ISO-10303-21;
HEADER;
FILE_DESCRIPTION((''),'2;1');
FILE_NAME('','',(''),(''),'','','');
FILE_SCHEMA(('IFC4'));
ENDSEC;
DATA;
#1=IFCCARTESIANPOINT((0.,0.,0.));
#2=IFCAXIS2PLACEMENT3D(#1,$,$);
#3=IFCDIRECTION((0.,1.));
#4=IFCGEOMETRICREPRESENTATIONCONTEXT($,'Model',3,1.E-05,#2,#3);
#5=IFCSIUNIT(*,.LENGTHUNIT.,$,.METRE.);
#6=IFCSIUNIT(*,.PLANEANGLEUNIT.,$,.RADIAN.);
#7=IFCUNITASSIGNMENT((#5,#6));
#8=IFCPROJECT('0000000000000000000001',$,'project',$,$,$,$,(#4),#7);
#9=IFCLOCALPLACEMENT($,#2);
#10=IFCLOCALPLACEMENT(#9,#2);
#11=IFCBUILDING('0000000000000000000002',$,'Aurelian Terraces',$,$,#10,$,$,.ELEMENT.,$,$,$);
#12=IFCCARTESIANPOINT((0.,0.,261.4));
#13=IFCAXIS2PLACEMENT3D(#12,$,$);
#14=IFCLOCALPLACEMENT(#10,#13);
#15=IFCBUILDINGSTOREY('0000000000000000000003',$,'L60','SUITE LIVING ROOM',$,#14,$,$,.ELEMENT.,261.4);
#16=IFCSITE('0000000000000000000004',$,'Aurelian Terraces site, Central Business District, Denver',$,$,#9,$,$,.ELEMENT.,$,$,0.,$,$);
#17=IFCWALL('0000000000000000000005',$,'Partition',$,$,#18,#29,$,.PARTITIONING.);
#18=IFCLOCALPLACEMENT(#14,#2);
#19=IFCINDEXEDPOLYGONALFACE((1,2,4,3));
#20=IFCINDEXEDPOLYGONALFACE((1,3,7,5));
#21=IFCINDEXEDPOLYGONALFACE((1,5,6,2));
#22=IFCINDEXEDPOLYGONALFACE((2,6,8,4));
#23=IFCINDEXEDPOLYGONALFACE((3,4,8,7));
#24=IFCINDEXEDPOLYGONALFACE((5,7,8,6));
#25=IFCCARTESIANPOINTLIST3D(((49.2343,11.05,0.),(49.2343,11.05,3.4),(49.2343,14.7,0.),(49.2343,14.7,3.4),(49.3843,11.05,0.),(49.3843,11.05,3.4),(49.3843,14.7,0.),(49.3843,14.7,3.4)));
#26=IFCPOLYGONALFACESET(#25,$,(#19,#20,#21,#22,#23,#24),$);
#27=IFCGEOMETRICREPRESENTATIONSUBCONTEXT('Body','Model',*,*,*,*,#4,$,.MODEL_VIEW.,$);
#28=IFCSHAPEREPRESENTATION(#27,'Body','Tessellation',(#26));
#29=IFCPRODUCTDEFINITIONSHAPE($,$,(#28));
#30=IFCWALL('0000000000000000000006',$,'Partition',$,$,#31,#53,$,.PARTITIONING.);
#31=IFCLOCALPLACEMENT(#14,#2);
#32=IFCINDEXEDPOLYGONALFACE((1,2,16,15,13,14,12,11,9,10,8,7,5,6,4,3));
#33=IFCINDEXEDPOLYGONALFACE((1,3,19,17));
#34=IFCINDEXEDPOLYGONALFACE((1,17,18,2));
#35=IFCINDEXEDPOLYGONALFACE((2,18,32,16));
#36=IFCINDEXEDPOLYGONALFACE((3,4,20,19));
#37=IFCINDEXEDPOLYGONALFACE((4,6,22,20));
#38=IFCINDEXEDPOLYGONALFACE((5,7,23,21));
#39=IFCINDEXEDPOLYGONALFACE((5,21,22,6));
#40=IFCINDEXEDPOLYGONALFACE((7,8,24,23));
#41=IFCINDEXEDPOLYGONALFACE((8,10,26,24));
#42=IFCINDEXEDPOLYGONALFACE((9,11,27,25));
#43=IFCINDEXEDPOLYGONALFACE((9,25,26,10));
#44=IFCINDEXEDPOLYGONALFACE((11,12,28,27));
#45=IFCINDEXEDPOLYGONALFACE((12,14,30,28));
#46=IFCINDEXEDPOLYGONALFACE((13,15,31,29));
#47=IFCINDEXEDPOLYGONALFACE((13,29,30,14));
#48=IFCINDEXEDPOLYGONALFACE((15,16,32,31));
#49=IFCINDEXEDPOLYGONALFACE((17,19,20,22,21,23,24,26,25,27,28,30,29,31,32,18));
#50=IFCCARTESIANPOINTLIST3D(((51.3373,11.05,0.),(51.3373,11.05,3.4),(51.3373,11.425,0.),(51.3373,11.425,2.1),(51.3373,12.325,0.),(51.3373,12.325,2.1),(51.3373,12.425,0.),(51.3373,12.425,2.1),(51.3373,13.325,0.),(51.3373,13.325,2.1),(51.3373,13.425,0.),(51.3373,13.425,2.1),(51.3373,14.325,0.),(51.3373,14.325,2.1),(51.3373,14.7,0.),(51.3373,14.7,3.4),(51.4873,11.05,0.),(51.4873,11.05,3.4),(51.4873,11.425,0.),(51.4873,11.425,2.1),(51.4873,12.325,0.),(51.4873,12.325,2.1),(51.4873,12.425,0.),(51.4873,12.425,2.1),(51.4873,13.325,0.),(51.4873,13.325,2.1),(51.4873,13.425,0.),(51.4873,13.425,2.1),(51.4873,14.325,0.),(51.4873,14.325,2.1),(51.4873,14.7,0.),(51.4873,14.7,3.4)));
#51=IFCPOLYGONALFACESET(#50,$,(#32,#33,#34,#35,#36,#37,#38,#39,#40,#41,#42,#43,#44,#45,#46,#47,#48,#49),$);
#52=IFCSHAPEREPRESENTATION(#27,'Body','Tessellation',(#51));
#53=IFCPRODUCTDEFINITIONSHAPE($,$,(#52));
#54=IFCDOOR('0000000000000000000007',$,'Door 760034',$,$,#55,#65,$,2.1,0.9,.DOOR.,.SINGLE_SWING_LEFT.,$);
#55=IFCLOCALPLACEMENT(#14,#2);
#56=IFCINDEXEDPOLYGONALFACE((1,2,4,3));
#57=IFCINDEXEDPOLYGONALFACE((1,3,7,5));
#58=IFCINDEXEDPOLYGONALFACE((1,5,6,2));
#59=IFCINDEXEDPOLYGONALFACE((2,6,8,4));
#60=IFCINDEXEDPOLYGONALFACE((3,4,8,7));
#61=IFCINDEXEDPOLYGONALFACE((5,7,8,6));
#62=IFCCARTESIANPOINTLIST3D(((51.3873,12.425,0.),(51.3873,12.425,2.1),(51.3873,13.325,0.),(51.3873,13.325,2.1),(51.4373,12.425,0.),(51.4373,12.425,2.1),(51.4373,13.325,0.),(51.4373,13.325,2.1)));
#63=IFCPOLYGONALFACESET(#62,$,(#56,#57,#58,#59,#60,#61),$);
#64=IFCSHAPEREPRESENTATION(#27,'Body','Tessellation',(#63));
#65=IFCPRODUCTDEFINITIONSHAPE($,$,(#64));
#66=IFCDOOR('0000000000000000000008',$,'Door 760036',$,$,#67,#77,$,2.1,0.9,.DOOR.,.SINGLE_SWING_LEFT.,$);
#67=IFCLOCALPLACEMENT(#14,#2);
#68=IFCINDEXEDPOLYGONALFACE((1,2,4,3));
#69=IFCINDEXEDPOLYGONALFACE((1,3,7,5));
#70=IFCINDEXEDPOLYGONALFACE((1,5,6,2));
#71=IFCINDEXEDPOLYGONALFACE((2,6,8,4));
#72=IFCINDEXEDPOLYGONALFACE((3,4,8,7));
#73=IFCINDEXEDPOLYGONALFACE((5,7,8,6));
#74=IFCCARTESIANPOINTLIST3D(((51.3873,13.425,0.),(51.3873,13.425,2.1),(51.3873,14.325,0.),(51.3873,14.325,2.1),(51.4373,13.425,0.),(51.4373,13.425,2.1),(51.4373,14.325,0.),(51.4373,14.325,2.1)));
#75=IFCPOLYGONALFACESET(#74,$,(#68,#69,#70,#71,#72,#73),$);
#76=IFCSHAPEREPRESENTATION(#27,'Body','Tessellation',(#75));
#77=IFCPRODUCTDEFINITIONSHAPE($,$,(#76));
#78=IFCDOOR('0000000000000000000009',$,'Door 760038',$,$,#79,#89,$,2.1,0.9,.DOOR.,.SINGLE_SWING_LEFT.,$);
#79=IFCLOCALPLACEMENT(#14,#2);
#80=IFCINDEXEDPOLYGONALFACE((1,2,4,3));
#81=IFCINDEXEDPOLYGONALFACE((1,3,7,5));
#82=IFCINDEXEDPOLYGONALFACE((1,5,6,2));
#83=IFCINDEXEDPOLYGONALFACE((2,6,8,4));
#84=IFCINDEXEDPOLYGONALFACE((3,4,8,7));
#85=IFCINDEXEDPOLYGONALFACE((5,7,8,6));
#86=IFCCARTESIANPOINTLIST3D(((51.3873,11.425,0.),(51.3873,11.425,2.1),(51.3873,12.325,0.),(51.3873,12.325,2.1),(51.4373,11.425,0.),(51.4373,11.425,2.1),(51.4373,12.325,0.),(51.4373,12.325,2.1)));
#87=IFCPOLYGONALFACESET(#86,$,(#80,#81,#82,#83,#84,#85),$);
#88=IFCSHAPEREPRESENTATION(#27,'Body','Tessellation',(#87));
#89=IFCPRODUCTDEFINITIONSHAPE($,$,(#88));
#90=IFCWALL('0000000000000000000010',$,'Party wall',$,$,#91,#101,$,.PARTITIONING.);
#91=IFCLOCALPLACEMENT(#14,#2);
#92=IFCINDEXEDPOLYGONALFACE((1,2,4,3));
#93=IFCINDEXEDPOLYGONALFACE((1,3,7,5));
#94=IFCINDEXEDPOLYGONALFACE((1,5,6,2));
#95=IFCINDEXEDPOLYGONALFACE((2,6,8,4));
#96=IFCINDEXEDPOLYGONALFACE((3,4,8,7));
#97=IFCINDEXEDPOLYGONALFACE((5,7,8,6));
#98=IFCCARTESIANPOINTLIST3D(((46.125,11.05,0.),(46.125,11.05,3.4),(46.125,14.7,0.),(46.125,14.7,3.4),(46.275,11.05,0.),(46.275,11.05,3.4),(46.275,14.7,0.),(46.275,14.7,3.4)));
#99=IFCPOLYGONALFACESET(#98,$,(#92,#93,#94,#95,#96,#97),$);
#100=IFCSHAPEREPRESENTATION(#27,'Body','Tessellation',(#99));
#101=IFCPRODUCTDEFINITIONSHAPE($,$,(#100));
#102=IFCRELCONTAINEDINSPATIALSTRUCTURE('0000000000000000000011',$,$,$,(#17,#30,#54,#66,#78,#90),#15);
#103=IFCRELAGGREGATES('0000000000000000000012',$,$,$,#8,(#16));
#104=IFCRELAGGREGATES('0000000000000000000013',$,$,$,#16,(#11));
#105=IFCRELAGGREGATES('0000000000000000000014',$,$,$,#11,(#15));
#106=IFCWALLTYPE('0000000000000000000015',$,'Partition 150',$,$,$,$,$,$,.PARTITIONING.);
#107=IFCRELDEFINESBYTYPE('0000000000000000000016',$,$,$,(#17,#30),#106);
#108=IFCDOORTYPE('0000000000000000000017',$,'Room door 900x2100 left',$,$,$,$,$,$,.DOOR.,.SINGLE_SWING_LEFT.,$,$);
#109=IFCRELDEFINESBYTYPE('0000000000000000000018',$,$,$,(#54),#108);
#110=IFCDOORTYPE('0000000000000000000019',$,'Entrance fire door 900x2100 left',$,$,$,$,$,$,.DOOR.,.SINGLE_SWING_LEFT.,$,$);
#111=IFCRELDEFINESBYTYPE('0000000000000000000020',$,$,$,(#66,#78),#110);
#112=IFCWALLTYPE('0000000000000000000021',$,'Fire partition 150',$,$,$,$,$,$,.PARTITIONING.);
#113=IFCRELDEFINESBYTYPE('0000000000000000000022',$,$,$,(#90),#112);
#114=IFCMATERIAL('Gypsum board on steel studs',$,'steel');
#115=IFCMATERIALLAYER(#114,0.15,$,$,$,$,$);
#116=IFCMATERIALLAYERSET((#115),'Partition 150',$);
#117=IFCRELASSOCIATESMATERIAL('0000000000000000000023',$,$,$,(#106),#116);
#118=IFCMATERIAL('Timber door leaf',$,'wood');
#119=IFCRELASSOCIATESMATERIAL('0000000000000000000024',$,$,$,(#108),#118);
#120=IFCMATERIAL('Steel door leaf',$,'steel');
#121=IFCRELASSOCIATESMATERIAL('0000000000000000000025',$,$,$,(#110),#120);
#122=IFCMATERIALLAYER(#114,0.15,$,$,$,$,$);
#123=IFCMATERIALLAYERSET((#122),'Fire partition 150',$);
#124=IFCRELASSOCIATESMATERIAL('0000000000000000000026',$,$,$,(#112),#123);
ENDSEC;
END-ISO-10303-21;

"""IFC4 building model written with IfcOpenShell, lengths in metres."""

from ifc_helpers import new_model, si_unit, direction, frame, frame_2d, origin, place, context, subcontext, project, spatial, rectangle, extrude, source, transform, mapped, material, layer, layer_set, type_object, element, fill, save


model = new_model("IFC4")

# Units and contexts
model_context = context("Model", 3, precision=1e-05, world=origin(), true_north=direction((0.0, 1.0)))
body_context = subcontext(model_context, "Body", "Model", "MODEL_VIEW")
ifc_project = project(units=[si_unit("LENGTHUNIT", "METRE"), si_unit("PLANEANGLEUNIT", "RADIAN")], contexts=[model_context])

# Site, building, storey
site_placement = place(None, origin())
site = spatial("IfcSite", under=ifc_project, at=site_placement, Name="Aurelian Terraces site, Central Business District, Denver", CompositionType="ELEMENT", RefElevation=0.0)
building_placement = place(site_placement, origin())
building = spatial("IfcBuilding", under=site, at=building_placement, Name="Aurelian Terraces", CompositionType="ELEMENT")
storey_placement = place(building_placement, frame((0.0, 0.0, 261.4)))
storey = spatial("IfcBuildingStorey", under=building, at=storey_placement, Name="L60", Description="SUITE LIVING ROOM", CompositionType="ELEMENT", Elevation=261.4)

# Shared definitions
ifc_material_1 = material(Name="Gypsum board on steel studs", Category="steel")
ifc_layer_1 = layer(ifc_material_1, 0.15)
ifc_layer_set_1 = layer_set([ifc_layer_1], Name="Partition 150")
wall_type_1 = type_object("IfcWallType", Name="Partition 150", PredefinedType="PARTITIONING", material=ifc_layer_set_1)
shared_shape_1 = source(origin(), body_context, "Body", "SweptSolid", [
    extrude(rectangle(XDim=0.9, YDim=2.1, at=frame_2d((0.45, 1.05))), frame((0.0, 0.085, 0.0), z_axis=(0.0, -1.0, 0.0), x_axis=(1.0, 0.0, 0.0)), (0.0, 0.0, 1.0), 0.17),
])
ifc_material_2 = material(Name="Timber door leaf", Category="wood")
door_type_1 = type_object("IfcDoorType", Name="Room door 900x2100 left", OperationType="SINGLE_SWING_LEFT", PredefinedType="DOOR", material=ifc_material_2)
shared_shape_2 = source(origin(), body_context, "Body", "SweptSolid", [
    extrude(rectangle(XDim=0.9, YDim=2.1, at=frame_2d((0.45, 1.05))), frame((0.0, 0.025, 0.0), z_axis=(0.0, -1.0, 0.0), x_axis=(1.0, 0.0, 0.0)), (0.0, 0.0, 1.0), 0.05),
])

# Wall
shared_shape_3 = source(origin(), body_context, "Body", "SweptSolid", [
    extrude(rectangle(XDim=3.65, YDim=0.15, at=frame_2d((1.825, 0.0))), origin(), (0.0, 0.0, 1.0), 3.4),
])
for number, where, z_axis, x_axis, name in (
    (1, (49.3093, 11.05, 0.0), (0.0, 0.0, 1.0), (0.0, 1.0, 0.0), "Partition"),
):
    element("IfcWall", number, at=place(storey_placement, frame(where, z_axis=z_axis, x_axis=x_axis)), inside=storey, type_object=wall_type_1, Name=name, PredefinedType="PARTITIONING", context=body_context, shape_type="MappedRepresentation", body=[
        mapped(shared_shape_3, transform((0.0, 0.0, 0.0), scale=1.0)),
    ])

# Wall, openings, doors
wall_1_placement = place(storey_placement, frame((51.4123, 11.05, 0.0), z_axis=(0.0, 0.0, 1.0), x_axis=(0.0, 1.0, 0.0)))
wall_1 = element("IfcWall", 2, at=wall_1_placement, inside=storey, type_object=wall_type_1, Name="Partition", PredefinedType="PARTITIONING", context=body_context, shape_type="MappedRepresentation", body=[
    mapped(shared_shape_3, transform((0.0, 0.0, 0.0), scale=1.0)),
])
opening_1_placement = place(wall_1_placement, frame((1.375, 0.0, 0.0)))
opening_1 = element("IfcOpeningElement", 3, at=opening_1_placement, cuts=wall_1, PredefinedType="OPENING", context=body_context, shape_type="MappedRepresentation", body=[
    mapped(shared_shape_1, transform((0.0, 0.0, 0.0), scale=1.0)),
])
opening_2_placement = place(wall_1_placement, frame((2.375, 0.0, 0.0)))
opening_2 = element("IfcOpeningElement", 4, at=opening_2_placement, cuts=wall_1, PredefinedType="OPENING", context=body_context, shape_type="MappedRepresentation", body=[
    mapped(shared_shape_1, transform((0.0, 0.0, 0.0), scale=1.0)),
])
opening_3_placement = place(wall_1_placement, frame((0.375, 0.0, 0.0)))
opening_3 = element("IfcOpeningElement", 5, at=opening_3_placement, cuts=wall_1, PredefinedType="OPENING", context=body_context, shape_type="MappedRepresentation", body=[
    mapped(shared_shape_1, transform((0.0, 0.0, 0.0), scale=1.0)),
])
door_1_placement = place(opening_1_placement, origin())
door_1 = element("IfcDoor", 6, at=door_1_placement, inside=storey, type_object=door_type_1, Name="Door 760034", OperationType="SINGLE_SWING_LEFT", OverallHeight=2.1, OverallWidth=0.9, PredefinedType="DOOR", context=body_context, shape_type="MappedRepresentation", body=[
    mapped(shared_shape_2, transform((0.0, 0.0, 0.0), scale=1.0)),
])
fill(opening_1, door_1)
ifc_material_3 = material(Name="Steel door leaf", Category="steel")
door_type_2 = type_object("IfcDoorType", Name="Entrance fire door 900x2100 left", OperationType="SINGLE_SWING_LEFT", PredefinedType="DOOR", material=ifc_material_3)
door_2_placement = place(opening_2_placement, origin())
door_2 = element("IfcDoor", 7, at=door_2_placement, inside=storey, type_object=door_type_2, Name="Door 760036", OperationType="SINGLE_SWING_LEFT", OverallHeight=2.1, OverallWidth=0.9, PredefinedType="DOOR", context=body_context, shape_type="MappedRepresentation", body=[
    mapped(shared_shape_2, transform((0.0, 0.0, 0.0), scale=1.0)),
])
fill(opening_2, door_2)
door_3_placement = place(opening_3_placement, origin())
door_3 = element("IfcDoor", 8, at=door_3_placement, inside=storey, type_object=door_type_2, Name="Door 760038", OperationType="SINGLE_SWING_LEFT", OverallHeight=2.1, OverallWidth=0.9, PredefinedType="DOOR", context=body_context, shape_type="MappedRepresentation", body=[
    mapped(shared_shape_2, transform((0.0, 0.0, 0.0), scale=1.0)),
])
fill(opening_3, door_3)

# Wall
ifc_layer_2 = layer(ifc_material_1, 0.15)
ifc_layer_set_2 = layer_set([ifc_layer_2], Name="Fire partition 150")
wall_type_2 = type_object("IfcWallType", Name="Fire partition 150", PredefinedType="PARTITIONING", material=ifc_layer_set_2)
wall_2_placement = place(storey_placement, frame((46.2, 11.05, 0.0), z_axis=(0.0, 0.0, 1.0), x_axis=(0.0, 1.0, 0.0)))
element("IfcWall", 9, at=wall_2_placement, inside=storey, type_object=wall_type_2, Name="Party wall", PredefinedType="PARTITIONING", context=body_context, shape_type="MappedRepresentation", body=[
    mapped(shared_shape_3, transform((0.0, 0.0, 0.0), scale=1.0)),
])

save(model, "model.ifc")
